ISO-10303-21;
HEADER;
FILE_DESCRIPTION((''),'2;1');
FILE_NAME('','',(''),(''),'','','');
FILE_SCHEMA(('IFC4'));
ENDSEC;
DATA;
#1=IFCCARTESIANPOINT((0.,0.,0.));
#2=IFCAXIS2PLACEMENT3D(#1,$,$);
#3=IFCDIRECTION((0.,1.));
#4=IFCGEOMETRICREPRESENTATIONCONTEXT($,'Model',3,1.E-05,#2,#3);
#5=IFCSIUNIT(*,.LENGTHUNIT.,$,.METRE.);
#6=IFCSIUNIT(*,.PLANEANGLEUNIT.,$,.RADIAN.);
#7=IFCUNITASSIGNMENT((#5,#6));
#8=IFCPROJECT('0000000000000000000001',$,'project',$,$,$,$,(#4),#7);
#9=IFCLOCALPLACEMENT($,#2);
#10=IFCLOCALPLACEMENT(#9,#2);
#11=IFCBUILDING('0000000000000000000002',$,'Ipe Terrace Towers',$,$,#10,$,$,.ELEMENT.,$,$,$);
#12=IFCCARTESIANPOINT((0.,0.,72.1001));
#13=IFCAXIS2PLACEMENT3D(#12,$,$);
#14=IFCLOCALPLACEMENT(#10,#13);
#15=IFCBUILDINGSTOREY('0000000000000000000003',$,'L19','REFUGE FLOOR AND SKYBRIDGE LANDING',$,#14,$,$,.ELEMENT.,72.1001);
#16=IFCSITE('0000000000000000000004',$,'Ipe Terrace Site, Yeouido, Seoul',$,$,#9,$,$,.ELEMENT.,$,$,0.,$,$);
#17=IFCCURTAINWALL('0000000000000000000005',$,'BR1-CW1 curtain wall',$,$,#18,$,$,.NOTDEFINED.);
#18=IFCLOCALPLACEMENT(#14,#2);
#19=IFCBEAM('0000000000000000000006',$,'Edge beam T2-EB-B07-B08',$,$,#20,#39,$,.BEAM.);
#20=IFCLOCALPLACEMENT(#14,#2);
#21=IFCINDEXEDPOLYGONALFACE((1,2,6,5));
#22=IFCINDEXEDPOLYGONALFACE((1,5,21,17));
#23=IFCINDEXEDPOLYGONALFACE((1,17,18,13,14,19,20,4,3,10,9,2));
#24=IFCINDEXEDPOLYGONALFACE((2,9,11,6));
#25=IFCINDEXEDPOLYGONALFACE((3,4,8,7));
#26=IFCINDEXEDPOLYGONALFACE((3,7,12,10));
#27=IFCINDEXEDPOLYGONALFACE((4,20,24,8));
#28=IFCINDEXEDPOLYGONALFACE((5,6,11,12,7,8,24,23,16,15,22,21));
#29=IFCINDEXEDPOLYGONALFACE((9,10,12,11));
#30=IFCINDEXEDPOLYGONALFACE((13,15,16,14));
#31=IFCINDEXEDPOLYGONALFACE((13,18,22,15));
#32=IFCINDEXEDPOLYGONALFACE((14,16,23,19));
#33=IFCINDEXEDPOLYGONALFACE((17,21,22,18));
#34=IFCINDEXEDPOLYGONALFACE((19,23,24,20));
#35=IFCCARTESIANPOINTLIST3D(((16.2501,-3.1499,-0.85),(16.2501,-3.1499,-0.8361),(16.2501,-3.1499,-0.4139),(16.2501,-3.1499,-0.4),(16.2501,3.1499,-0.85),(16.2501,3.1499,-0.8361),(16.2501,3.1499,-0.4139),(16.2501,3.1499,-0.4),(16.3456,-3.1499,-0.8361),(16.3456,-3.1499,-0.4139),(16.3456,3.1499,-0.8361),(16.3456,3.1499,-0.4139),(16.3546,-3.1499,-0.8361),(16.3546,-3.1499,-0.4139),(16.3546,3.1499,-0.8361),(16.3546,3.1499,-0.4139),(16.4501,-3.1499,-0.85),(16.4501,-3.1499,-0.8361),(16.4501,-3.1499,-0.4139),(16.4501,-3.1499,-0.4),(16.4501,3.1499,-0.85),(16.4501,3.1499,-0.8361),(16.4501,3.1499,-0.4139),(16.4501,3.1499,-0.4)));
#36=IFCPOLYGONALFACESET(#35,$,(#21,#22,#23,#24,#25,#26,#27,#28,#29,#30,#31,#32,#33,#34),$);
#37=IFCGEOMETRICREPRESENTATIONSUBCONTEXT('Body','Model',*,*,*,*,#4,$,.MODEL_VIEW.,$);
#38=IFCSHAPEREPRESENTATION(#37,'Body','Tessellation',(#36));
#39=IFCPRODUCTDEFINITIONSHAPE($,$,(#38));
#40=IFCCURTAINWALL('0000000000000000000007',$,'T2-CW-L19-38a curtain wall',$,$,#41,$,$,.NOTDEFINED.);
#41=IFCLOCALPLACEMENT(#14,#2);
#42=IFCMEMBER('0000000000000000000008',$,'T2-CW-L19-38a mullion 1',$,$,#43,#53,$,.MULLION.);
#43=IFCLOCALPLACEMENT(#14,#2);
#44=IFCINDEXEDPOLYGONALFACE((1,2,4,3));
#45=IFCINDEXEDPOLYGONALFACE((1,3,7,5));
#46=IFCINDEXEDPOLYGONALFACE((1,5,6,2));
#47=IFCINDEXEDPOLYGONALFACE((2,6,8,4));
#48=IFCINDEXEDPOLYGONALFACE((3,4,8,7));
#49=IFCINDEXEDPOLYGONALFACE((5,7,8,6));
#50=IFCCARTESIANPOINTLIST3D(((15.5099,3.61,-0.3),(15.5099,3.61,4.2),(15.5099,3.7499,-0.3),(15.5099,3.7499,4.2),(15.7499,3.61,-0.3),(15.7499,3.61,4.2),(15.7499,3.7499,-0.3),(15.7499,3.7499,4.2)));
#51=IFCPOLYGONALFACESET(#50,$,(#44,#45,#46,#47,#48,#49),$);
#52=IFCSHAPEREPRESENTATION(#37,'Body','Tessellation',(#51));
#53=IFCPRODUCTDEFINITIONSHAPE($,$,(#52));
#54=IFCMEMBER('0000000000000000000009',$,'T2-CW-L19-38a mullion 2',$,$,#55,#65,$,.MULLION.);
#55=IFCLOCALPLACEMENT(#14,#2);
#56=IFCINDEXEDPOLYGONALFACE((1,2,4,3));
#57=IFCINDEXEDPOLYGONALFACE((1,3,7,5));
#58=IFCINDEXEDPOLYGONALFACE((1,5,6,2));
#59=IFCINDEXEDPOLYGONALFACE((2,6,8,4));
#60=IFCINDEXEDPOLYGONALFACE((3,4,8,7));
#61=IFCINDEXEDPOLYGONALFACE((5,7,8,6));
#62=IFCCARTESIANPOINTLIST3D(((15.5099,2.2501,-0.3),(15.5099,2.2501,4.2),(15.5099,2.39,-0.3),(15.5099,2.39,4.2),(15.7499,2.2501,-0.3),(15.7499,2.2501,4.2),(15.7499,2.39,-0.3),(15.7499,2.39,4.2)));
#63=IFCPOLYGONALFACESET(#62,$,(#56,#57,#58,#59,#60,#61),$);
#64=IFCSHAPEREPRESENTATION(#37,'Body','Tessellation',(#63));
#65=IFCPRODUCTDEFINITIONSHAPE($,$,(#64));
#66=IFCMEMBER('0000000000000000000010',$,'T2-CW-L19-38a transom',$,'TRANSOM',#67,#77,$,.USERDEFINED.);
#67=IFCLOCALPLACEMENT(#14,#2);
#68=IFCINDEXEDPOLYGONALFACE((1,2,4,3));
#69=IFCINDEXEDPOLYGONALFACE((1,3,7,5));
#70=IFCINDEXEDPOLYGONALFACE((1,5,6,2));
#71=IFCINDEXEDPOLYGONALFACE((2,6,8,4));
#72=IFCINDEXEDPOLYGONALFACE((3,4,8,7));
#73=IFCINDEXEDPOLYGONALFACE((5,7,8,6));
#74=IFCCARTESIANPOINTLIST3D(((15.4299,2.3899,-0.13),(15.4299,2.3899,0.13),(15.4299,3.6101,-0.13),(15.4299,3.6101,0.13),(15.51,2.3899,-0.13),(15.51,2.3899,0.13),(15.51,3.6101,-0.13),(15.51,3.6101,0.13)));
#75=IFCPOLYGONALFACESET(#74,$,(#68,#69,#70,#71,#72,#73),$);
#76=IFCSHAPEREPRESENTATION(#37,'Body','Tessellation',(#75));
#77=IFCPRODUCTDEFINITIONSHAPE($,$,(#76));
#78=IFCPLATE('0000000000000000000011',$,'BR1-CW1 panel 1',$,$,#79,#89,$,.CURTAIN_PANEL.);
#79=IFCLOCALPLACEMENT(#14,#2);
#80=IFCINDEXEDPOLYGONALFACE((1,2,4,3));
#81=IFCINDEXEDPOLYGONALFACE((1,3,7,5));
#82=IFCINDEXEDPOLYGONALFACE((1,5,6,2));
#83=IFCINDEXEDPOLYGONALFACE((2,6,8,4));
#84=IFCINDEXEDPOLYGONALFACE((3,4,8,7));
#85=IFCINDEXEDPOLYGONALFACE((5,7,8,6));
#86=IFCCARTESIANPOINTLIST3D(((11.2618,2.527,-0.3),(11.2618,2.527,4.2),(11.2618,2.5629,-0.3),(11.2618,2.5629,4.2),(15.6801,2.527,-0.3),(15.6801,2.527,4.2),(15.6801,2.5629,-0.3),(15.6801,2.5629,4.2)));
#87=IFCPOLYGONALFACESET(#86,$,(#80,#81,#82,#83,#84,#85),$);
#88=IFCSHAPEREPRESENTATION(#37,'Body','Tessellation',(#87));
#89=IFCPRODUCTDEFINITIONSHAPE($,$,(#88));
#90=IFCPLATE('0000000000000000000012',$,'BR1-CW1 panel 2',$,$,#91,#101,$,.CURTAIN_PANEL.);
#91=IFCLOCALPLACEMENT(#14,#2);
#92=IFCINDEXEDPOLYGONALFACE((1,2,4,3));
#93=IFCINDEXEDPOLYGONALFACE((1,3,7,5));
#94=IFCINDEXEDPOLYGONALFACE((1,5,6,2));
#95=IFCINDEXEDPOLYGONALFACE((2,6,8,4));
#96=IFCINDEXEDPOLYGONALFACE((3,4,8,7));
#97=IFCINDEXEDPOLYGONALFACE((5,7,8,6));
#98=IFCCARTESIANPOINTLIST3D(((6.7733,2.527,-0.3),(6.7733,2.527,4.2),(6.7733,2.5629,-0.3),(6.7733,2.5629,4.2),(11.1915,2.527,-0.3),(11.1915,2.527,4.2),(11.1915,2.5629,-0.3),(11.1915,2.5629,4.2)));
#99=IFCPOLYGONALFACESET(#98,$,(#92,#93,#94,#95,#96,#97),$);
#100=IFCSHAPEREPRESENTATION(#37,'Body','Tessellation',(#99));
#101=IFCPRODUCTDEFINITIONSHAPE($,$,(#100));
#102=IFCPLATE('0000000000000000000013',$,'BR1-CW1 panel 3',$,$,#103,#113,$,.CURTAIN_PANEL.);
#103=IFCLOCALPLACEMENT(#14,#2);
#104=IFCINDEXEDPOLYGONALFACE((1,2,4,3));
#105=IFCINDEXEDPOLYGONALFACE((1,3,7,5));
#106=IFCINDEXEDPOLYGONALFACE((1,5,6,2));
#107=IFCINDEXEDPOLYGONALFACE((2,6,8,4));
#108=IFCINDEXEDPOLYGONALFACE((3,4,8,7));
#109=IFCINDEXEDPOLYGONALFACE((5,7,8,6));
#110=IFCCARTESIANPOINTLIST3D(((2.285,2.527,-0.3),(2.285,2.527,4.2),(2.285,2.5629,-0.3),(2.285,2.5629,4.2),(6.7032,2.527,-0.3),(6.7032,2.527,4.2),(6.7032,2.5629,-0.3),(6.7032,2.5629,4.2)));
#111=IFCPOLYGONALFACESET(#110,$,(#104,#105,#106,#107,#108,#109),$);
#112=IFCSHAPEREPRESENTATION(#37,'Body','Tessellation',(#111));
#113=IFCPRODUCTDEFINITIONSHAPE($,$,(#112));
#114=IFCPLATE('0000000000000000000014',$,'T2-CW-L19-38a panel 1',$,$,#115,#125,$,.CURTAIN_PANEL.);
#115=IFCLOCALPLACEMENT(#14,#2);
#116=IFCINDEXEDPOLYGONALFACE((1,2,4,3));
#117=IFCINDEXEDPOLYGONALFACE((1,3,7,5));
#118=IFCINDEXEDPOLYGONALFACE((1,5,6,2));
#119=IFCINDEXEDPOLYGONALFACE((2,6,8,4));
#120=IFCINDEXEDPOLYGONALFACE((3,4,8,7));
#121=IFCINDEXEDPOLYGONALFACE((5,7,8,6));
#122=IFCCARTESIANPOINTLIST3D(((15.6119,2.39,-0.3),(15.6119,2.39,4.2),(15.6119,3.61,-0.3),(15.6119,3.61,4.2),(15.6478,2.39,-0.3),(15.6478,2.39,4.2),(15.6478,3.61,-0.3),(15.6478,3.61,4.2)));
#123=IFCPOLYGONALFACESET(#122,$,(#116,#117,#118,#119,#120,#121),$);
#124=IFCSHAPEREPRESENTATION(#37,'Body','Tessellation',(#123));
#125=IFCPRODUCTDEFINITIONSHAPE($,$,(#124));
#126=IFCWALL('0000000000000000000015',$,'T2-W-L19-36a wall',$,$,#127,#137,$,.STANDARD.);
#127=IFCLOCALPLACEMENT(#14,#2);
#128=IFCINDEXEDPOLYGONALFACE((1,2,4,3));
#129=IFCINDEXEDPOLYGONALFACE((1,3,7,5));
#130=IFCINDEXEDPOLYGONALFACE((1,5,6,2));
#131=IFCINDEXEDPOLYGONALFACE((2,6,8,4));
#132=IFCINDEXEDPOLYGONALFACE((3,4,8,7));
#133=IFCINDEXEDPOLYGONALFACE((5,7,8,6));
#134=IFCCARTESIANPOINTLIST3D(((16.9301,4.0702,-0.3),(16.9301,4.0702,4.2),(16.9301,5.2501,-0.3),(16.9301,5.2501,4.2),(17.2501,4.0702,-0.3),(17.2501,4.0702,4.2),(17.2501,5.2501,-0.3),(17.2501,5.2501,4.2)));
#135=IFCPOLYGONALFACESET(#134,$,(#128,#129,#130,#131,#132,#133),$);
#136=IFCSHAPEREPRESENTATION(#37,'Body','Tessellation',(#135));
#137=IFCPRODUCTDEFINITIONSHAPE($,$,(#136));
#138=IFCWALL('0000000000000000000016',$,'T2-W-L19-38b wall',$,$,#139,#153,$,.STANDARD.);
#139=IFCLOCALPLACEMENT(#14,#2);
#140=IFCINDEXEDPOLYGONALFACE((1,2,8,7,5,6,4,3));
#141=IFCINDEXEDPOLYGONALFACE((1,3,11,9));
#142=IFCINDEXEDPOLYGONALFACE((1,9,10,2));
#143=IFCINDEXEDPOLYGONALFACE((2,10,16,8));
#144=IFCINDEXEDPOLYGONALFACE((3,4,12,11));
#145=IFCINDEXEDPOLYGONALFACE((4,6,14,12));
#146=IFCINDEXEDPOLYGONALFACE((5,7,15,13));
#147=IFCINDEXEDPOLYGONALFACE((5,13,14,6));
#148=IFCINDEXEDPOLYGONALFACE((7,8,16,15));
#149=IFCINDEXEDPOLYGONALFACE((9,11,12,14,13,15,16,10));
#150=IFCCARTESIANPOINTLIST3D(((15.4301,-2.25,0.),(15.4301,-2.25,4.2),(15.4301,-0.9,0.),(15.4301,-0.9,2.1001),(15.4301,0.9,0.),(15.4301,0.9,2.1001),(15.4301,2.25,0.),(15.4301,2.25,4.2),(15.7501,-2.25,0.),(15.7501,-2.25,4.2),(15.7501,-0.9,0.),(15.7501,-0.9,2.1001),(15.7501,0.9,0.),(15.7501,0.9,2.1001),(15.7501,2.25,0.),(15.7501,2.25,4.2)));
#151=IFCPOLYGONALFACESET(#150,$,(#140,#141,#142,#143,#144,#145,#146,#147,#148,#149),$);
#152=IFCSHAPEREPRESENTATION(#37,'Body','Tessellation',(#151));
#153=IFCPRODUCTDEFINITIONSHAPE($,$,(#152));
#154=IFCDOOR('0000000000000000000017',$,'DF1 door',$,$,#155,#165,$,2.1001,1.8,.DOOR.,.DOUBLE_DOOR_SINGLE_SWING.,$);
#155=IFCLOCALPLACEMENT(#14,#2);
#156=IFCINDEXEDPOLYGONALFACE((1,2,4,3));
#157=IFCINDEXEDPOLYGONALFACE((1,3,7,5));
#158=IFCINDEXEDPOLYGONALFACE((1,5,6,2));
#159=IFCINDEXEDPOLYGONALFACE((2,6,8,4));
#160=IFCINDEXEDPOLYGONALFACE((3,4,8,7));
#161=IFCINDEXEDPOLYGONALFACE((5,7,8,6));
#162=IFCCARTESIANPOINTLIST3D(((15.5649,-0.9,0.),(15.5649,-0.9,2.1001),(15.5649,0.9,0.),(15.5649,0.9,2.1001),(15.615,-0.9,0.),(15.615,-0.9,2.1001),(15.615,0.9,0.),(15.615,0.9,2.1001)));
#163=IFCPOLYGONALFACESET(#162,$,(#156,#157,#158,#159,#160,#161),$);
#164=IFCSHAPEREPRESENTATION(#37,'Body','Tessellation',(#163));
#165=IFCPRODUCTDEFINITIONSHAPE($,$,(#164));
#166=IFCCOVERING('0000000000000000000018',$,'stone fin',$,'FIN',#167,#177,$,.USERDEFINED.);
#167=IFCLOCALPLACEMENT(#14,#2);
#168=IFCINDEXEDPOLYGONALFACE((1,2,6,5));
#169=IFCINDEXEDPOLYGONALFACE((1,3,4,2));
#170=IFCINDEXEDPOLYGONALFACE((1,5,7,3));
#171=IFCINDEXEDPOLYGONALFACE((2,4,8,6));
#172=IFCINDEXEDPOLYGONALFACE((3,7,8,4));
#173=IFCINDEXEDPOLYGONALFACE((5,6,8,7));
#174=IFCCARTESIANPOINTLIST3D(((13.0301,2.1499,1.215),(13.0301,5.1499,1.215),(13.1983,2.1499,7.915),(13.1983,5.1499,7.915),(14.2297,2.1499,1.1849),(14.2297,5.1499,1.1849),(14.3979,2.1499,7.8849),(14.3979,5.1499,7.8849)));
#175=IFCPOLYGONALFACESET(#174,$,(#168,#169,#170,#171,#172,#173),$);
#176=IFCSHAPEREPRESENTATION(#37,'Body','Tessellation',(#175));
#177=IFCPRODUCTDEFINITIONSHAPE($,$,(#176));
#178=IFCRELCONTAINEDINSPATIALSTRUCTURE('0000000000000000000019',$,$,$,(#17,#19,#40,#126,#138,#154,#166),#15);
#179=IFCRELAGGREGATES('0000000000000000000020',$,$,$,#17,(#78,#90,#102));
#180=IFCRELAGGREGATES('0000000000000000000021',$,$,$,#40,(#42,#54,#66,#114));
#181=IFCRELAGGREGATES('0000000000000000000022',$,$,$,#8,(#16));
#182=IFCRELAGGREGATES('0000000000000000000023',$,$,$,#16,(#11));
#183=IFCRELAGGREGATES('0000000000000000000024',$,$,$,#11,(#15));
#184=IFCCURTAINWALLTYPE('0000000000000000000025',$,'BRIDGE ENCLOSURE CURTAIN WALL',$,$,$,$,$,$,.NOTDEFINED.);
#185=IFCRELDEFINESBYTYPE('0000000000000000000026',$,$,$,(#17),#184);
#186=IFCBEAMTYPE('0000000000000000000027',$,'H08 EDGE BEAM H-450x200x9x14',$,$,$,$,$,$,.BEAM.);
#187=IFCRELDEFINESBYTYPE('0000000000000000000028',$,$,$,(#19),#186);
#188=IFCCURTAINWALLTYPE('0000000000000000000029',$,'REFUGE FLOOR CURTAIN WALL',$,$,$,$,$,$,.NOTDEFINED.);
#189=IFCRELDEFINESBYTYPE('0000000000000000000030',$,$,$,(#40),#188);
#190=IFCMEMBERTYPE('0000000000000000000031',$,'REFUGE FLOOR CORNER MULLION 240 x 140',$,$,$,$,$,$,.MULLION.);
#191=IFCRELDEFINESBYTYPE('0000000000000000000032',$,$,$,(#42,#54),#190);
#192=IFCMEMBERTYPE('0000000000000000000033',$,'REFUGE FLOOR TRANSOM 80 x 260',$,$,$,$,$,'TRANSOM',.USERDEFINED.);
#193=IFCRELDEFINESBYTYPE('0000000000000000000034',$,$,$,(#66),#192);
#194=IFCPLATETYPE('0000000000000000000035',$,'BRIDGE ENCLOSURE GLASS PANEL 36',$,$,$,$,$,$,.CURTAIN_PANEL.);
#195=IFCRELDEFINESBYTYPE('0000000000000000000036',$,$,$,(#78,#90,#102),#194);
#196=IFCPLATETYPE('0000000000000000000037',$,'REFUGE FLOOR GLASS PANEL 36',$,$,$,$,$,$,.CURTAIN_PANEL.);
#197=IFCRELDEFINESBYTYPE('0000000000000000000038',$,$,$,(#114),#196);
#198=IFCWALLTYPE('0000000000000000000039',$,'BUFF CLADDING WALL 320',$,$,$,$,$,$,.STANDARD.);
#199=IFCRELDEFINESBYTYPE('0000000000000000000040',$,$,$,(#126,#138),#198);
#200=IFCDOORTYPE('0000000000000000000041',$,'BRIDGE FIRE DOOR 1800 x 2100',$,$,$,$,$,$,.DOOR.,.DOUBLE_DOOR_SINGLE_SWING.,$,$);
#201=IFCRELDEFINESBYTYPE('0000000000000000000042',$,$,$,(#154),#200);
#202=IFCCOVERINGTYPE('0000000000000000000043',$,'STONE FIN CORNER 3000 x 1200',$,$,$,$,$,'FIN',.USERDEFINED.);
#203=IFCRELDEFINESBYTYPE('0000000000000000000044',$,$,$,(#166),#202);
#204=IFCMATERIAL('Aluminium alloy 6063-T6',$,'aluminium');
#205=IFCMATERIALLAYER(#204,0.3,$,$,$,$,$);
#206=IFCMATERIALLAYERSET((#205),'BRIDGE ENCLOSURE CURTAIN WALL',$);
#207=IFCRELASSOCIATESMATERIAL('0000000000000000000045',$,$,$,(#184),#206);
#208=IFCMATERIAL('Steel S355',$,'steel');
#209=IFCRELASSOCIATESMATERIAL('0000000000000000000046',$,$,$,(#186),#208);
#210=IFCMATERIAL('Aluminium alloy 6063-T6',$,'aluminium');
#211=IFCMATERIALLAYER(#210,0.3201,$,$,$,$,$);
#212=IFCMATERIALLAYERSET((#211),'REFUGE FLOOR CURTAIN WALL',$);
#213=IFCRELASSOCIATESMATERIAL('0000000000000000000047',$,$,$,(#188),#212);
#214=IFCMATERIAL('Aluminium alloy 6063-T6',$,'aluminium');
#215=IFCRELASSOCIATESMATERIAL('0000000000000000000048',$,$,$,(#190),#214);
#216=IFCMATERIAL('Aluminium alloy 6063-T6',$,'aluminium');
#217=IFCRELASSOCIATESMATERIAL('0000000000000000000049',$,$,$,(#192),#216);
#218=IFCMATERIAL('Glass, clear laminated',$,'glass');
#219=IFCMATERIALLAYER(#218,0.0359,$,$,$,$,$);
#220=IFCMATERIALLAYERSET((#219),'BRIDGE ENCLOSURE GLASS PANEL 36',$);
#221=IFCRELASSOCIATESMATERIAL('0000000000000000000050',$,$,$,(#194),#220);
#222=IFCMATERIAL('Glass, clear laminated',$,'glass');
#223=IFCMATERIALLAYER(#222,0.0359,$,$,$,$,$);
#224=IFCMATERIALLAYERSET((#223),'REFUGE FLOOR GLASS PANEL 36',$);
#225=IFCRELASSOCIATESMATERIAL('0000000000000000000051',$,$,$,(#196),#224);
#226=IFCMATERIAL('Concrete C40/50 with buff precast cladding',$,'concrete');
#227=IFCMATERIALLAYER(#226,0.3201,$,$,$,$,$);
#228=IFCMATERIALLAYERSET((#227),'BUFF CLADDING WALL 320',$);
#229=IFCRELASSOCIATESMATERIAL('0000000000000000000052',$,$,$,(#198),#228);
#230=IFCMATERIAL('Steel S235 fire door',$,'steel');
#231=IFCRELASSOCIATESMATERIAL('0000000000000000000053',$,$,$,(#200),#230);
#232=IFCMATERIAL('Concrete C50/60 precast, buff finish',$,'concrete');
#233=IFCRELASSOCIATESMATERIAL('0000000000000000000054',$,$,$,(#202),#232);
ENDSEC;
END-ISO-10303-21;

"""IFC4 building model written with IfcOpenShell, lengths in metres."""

from ifc_helpers import new_model, si_unit, direction, frame, frame_2d, origin, origin_2d, place, context, subcontext, project, spatial, rectangle, i_section, extrude, material, layer, layer_set, material_profile, profile_set, type_object, element, fill, aggregate, save


model = new_model("IFC4")

# Units and contexts
model_context = context("Model", 3, precision=1e-05, world=origin(), true_north=direction((0.0, 1.0)))
body_context = subcontext(model_context, "Body", "Model", "MODEL_VIEW")
ifc_project = project(units=[si_unit("LENGTHUNIT", "METRE"), si_unit("PLANEANGLEUNIT", "RADIAN")], contexts=[model_context])

# Site, building, storey
site_placement = place(None, origin())
site = spatial("IfcSite", under=ifc_project, at=site_placement, Name="Ipe Terrace Site, Yeouido, Seoul", CompositionType="ELEMENT", RefElevation=0.0)
building_placement = place(site_placement, origin())
building = spatial("IfcBuilding", under=site, at=building_placement, Name="Ipe Terrace Towers", CompositionType="ELEMENT")
storey_placement = place(building_placement, frame((0.0, 0.0, 72.1001)))
storey = spatial("IfcBuildingStorey", under=building, at=storey_placement, Name="L19", Description="REFUGE FLOOR AND SKYBRIDGE LANDING", CompositionType="ELEMENT", Elevation=72.1001)

# Curtain wall
ifc_material_1 = material(Name="Aluminium alloy 6063-T6", Category="aluminium")
ifc_layer_1 = layer(ifc_material_1, 0.3)
ifc_layer_set_1 = layer_set([ifc_layer_1], Name="BRIDGE ENCLOSURE CURTAIN WALL")
curtain_wall_type_1 = type_object("IfcCurtainWallType", Name="BRIDGE ENCLOSURE CURTAIN WALL", PredefinedType="NOTDEFINED", material=ifc_layer_set_1)
curtain_wall_1_placement = place(storey_placement, origin())
curtain_wall_1 = element("IfcCurtainWall", 1, at=curtain_wall_1_placement, inside=storey, type_object=curtain_wall_type_1, Name="BR1-CW1 curtain wall", PredefinedType="NOTDEFINED")

# Beam
ifc_material_2 = material(Name="Steel S355", Category="steel")
ifc_material_profile_1 = material_profile(ifc_material_2, i_section(OverallWidth=0.2, OverallDepth=0.45, WebThickness=0.009, FlangeThickness=0.0139, at=origin_2d()), Name="H-450x200x9x14")
ifc_profile_set_1 = profile_set([ifc_material_profile_1], Name="Steel S355")
beam_type = type_object("IfcBeamType", Name="H08 EDGE BEAM H-450x200x9x14", PredefinedType="BEAM", material=ifc_profile_set_1)
beam_placement = place(storey_placement, frame((16.3501, 3.1499, -0.625), z_axis=(0.0, -1.0, 0.0), x_axis=(1.0, 0.0, 0.0)))
element("IfcBeam", 2, at=beam_placement, inside=storey, type_object=beam_type, Name="Edge beam T2-EB-B07-B08", PredefinedType="BEAM", context=body_context, shape_type="SweptSolid", body=[
    extrude(i_section(OverallWidth=0.2, OverallDepth=0.45, WebThickness=0.009, FlangeThickness=0.0139, at=origin_2d()), origin(), (0.0, 0.0, 1.0), 6.2998),
])

# Curtain wall, members
ifc_material_3 = material(Name="Aluminium alloy 6063-T6", Category="aluminium")
ifc_layer_2 = layer(ifc_material_3, 0.3201)
ifc_layer_set_2 = layer_set([ifc_layer_2], Name="REFUGE FLOOR CURTAIN WALL")
curtain_wall_type_2 = type_object("IfcCurtainWallType", Name="REFUGE FLOOR CURTAIN WALL", PredefinedType="NOTDEFINED", material=ifc_layer_set_2)
curtain_wall_2_placement = place(storey_placement, origin())
curtain_wall_2 = element("IfcCurtainWall", 3, at=curtain_wall_2_placement, inside=storey, type_object=curtain_wall_type_2, Name="T2-CW-L19-38a curtain wall", PredefinedType="NOTDEFINED")
ifc_material_4 = material(Name="Aluminium alloy 6063-T6", Category="aluminium")
ifc_material_profile_2 = material_profile(ifc_material_4, rectangle(XDim=0.24, YDim=0.1399, at=origin_2d()), Name="REFUGE FLOOR CORNER MULLION 240 x 140")
ifc_profile_set_2 = profile_set([ifc_material_profile_2], Name="Aluminium alloy 6063-T6")
member_type_1 = type_object("IfcMemberType", Name="REFUGE FLOOR CORNER MULLION 240 x 140", PredefinedType="MULLION", material=ifc_profile_set_2)
member_1_placement = place(storey_placement, frame((15.6299, 3.6799, -0.3), z_axis=(0.0, 0.0, 1.0), x_axis=(-1.0, 0.0, 0.0)))
member_1 = element("IfcMember", 4, at=member_1_placement, type_object=member_type_1, Name="T2-CW-L19-38a mullion 1", PredefinedType="MULLION", context=body_context, shape_type="SweptSolid", body=[
    extrude(rectangle(XDim=0.24, YDim=0.1399, at=origin_2d()), origin(), (0.0, 0.0, 1.0), 4.5),
])
member_2_placement = place(storey_placement, frame((15.6299, 2.3201, -0.3), z_axis=(0.0, 0.0, 1.0), x_axis=(-1.0, 0.0, 0.0)))
member_2 = element("IfcMember", 5, at=member_2_placement, type_object=member_type_1, Name="T2-CW-L19-38a mullion 2", PredefinedType="MULLION", context=body_context, shape_type="SweptSolid", body=[
    extrude(rectangle(XDim=0.24, YDim=0.1399, at=origin_2d()), origin(), (0.0, 0.0, 1.0), 4.5),
])
ifc_material_5 = material(Name="Aluminium alloy 6063-T6", Category="aluminium")
ifc_material_profile_3 = material_profile(ifc_material_5, rectangle(XDim=0.0801, YDim=0.26, at=origin_2d()), Name="REFUGE FLOOR TRANSOM 80 x 260")
ifc_profile_set_3 = profile_set([ifc_material_profile_3], Name="Aluminium alloy 6063-T6")
member_type_2 = type_object("IfcMemberType", Name="REFUGE FLOOR TRANSOM 80 x 260", ElementType="TRANSOM", PredefinedType="USERDEFINED", material=ifc_profile_set_3)
member_3_placement = place(storey_placement, frame((15.47, 3.6101, 0.0), z_axis=(0.0, -1.0, 0.0), x_axis=(-1.0, 0.0, 0.0)))
member_3 = element("IfcMember", 6, at=member_3_placement, type_object=member_type_2, Name="T2-CW-L19-38a transom", ObjectType="TRANSOM", PredefinedType="USERDEFINED", context=body_context, shape_type="SweptSolid", body=[
    extrude(rectangle(XDim=0.0801, YDim=0.26, at=origin_2d()), origin(), (0.0, 0.0, 1.0), 1.2202),
])

# Plates
ifc_material_6 = material(Name="Glass, clear laminated", Category="glass")
ifc_layer_3 = layer(ifc_material_6, 0.0359)
ifc_layer_set_3 = layer_set([ifc_layer_3], Name="BRIDGE ENCLOSURE GLASS PANEL 36")
plate_type_1 = type_object("IfcPlateType", Name="BRIDGE ENCLOSURE GLASS PANEL 36", PredefinedType="CURTAIN_PANEL", material=ifc_layer_set_3)
plate_1_placement = place(storey_placement, frame((13.4709, 2.5449, -0.3), z_axis=(0.0, 0.0, 1.0), x_axis=(-1.0, 0.0, 0.0)))
plate_1 = element("IfcPlate", 7, at=plate_1_placement, type_object=plate_type_1, Name="BR1-CW1 panel 1", PredefinedType="CURTAIN_PANEL", context=body_context, shape_type="SweptSolid", body=[
    extrude(rectangle(XDim=4.4182, YDim=0.0359, at=origin_2d()), origin(), (0.0, 0.0, 1.0), 4.5),
])
plate_2_placement = place(storey_placement, frame((8.9824, 2.5449, -0.3), z_axis=(0.0, 0.0, 1.0), x_axis=(-1.0, 0.0, 0.0)))
plate_2 = element("IfcPlate", 8, at=plate_2_placement, type_object=plate_type_1, Name="BR1-CW1 panel 2", PredefinedType="CURTAIN_PANEL", context=body_context, shape_type="SweptSolid", body=[
    extrude(rectangle(XDim=4.4182, YDim=0.0359, at=origin_2d()), origin(), (0.0, 0.0, 1.0), 4.5),
])
plate_3_placement = place(storey_placement, frame((4.4941, 2.5449, -0.3), z_axis=(0.0, 0.0, 1.0), x_axis=(-1.0, 0.0, 0.0)))
plate_3 = element("IfcPlate", 9, at=plate_3_placement, type_object=plate_type_1, Name="BR1-CW1 panel 3", PredefinedType="CURTAIN_PANEL", context=body_context, shape_type="SweptSolid", body=[
    extrude(rectangle(XDim=4.4182, YDim=0.0359, at=origin_2d()), origin(), (0.0, 0.0, 1.0), 4.5),
])
aggregate(curtain_wall_1, [plate_1, plate_2, plate_3])
ifc_material_7 = material(Name="Glass, clear laminated", Category="glass")
ifc_layer_4 = layer(ifc_material_7, 0.0359)
ifc_layer_set_4 = layer_set([ifc_layer_4], Name="REFUGE FLOOR GLASS PANEL 36")
plate_type_2 = type_object("IfcPlateType", Name="REFUGE FLOOR GLASS PANEL 36", PredefinedType="CURTAIN_PANEL", material=ifc_layer_set_4)
plate_4_placement = place(storey_placement, frame((15.6299, 3.0, -0.3), z_axis=(0.0, 0.0, 1.0), x_axis=(0.0, -1.0, 0.0)))
plate_4 = element("IfcPlate", 10, at=plate_4_placement, type_object=plate_type_2, Name="T2-CW-L19-38a panel 1", PredefinedType="CURTAIN_PANEL", context=body_context, shape_type="SweptSolid", body=[
    extrude(rectangle(XDim=1.22, YDim=0.0359, at=origin_2d()), origin(), (0.0, 0.0, 1.0), 4.5),
])
aggregate(curtain_wall_2, [member_1, member_2, member_3, plate_4])

# Wall
ifc_material_8 = material(Name="Concrete C40/50 with buff precast cladding", Category="concrete")
ifc_layer_5 = layer(ifc_material_8, 0.3201)
ifc_layer_set_5 = layer_set([ifc_layer_5], Name="BUFF CLADDING WALL 320")
wall_type = type_object("IfcWallType", Name="BUFF CLADDING WALL 320", PredefinedType="STANDARD", material=ifc_layer_set_5)
wall_1_placement = place(storey_placement, frame((17.0901, 5.25, -0.3), z_axis=(0.0, 0.0, 1.0), x_axis=(0.0, -1.0, 0.0)))
element("IfcWall", 11, at=wall_1_placement, inside=storey, type_object=wall_type, Name="T2-W-L19-36a wall", PredefinedType="STANDARD", context=body_context, shape_type="SweptSolid", body=[
    extrude(rectangle(XDim=1.1799, YDim=0.3201, at=frame_2d((0.5898, 0.0))), origin(), (0.0, 0.0, 1.0), 4.5),
])

# Wall, opening, door
wall_2_placement = place(storey_placement, frame((15.5901, 2.25, 0.0), z_axis=(0.0, 0.0, 1.0), x_axis=(0.0, -1.0, 0.0)))
wall_2 = element("IfcWall", 12, at=wall_2_placement, inside=storey, type_object=wall_type, Name="T2-W-L19-38b wall", PredefinedType="STANDARD", context=body_context, shape_type="SweptSolid", body=[
    extrude(rectangle(XDim=4.5, YDim=0.3201, at=frame_2d((2.25, 0.0))), origin(), (0.0, 0.0, 1.0), 4.2),
])
opening_placement = place(wall_2_placement, frame((1.3501, 0.0, 0.0)))
opening = element("IfcOpeningElement", 13, at=opening_placement, cuts=wall_2, PredefinedType="OPENING", context=body_context, shape_type="SweptSolid", body=[
    extrude(rectangle(XDim=1.8, YDim=2.1001, at=frame_2d((0.8999, 1.05))), frame((0.0, 0.1699, 0.0), z_axis=(0.0, -1.0, 0.0), x_axis=(1.0, 0.0, 0.0)), (0.0, 0.0, 1.0), 0.3401),
])
ifc_material_9 = material(Name="Steel S235 fire door", Category="steel")
door_type = type_object("IfcDoorType", Name="BRIDGE FIRE DOOR 1800 x 2100", OperationType="DOUBLE_DOOR_SINGLE_SWING", PredefinedType="DOOR", material=ifc_material_9)
door_placement = place(opening_placement, origin())
door = element("IfcDoor", 14, at=door_placement, inside=storey, type_object=door_type, Name="DF1 door", OperationType="DOUBLE_DOOR_SINGLE_SWING", OverallHeight=2.1001, OverallWidth=1.8, PredefinedType="DOOR", context=body_context, shape_type="SweptSolid", body=[
    extrude(rectangle(XDim=1.8, YDim=2.1001, at=frame_2d((0.8999, 1.05))), frame((0.0, 0.0249, 0.0), z_axis=(0.0, -1.0, 0.0), x_axis=(1.0, 0.0, 0.0)), (0.0, 0.0, 1.0), 0.05),
])
fill(opening, door)

# Covering
ifc_material_10 = material(Name="Concrete C50/60 precast, buff finish", Category="concrete")
ifc_material_profile_4 = material_profile(ifc_material_10, rectangle(XDim=3.0, YDim=1.2, at=origin_2d()), Name="STONE FIN CORNER 3000 x 1200")
ifc_profile_set_4 = profile_set([ifc_material_profile_4], Name="Concrete C50/60 precast, buff finish")
covering_type_1 = type_object("IfcCoveringType", Name="STONE FIN CORNER 3000 x 1200", ElementType="FIN", PredefinedType="USERDEFINED", material=ifc_profile_set_4)
covering_1_placement = place(storey_placement, frame((13.6299, 3.6499, 1.2), z_axis=(0.025099, 0.0, 0.999685), x_axis=(0.0, -1.0, 0.0)))
element("IfcCovering", 15, at=covering_1_placement, inside=storey, type_object=covering_type_1, Name="stone fin", ObjectType="FIN", PredefinedType="USERDEFINED", context=body_context, shape_type="SweptSolid", body=[
    extrude(rectangle(XDim=3.0, YDim=1.2, at=origin_2d()), origin(), (0.0, 0.0, 1.0), 6.7021),
])

save(model, "model.ifc")
